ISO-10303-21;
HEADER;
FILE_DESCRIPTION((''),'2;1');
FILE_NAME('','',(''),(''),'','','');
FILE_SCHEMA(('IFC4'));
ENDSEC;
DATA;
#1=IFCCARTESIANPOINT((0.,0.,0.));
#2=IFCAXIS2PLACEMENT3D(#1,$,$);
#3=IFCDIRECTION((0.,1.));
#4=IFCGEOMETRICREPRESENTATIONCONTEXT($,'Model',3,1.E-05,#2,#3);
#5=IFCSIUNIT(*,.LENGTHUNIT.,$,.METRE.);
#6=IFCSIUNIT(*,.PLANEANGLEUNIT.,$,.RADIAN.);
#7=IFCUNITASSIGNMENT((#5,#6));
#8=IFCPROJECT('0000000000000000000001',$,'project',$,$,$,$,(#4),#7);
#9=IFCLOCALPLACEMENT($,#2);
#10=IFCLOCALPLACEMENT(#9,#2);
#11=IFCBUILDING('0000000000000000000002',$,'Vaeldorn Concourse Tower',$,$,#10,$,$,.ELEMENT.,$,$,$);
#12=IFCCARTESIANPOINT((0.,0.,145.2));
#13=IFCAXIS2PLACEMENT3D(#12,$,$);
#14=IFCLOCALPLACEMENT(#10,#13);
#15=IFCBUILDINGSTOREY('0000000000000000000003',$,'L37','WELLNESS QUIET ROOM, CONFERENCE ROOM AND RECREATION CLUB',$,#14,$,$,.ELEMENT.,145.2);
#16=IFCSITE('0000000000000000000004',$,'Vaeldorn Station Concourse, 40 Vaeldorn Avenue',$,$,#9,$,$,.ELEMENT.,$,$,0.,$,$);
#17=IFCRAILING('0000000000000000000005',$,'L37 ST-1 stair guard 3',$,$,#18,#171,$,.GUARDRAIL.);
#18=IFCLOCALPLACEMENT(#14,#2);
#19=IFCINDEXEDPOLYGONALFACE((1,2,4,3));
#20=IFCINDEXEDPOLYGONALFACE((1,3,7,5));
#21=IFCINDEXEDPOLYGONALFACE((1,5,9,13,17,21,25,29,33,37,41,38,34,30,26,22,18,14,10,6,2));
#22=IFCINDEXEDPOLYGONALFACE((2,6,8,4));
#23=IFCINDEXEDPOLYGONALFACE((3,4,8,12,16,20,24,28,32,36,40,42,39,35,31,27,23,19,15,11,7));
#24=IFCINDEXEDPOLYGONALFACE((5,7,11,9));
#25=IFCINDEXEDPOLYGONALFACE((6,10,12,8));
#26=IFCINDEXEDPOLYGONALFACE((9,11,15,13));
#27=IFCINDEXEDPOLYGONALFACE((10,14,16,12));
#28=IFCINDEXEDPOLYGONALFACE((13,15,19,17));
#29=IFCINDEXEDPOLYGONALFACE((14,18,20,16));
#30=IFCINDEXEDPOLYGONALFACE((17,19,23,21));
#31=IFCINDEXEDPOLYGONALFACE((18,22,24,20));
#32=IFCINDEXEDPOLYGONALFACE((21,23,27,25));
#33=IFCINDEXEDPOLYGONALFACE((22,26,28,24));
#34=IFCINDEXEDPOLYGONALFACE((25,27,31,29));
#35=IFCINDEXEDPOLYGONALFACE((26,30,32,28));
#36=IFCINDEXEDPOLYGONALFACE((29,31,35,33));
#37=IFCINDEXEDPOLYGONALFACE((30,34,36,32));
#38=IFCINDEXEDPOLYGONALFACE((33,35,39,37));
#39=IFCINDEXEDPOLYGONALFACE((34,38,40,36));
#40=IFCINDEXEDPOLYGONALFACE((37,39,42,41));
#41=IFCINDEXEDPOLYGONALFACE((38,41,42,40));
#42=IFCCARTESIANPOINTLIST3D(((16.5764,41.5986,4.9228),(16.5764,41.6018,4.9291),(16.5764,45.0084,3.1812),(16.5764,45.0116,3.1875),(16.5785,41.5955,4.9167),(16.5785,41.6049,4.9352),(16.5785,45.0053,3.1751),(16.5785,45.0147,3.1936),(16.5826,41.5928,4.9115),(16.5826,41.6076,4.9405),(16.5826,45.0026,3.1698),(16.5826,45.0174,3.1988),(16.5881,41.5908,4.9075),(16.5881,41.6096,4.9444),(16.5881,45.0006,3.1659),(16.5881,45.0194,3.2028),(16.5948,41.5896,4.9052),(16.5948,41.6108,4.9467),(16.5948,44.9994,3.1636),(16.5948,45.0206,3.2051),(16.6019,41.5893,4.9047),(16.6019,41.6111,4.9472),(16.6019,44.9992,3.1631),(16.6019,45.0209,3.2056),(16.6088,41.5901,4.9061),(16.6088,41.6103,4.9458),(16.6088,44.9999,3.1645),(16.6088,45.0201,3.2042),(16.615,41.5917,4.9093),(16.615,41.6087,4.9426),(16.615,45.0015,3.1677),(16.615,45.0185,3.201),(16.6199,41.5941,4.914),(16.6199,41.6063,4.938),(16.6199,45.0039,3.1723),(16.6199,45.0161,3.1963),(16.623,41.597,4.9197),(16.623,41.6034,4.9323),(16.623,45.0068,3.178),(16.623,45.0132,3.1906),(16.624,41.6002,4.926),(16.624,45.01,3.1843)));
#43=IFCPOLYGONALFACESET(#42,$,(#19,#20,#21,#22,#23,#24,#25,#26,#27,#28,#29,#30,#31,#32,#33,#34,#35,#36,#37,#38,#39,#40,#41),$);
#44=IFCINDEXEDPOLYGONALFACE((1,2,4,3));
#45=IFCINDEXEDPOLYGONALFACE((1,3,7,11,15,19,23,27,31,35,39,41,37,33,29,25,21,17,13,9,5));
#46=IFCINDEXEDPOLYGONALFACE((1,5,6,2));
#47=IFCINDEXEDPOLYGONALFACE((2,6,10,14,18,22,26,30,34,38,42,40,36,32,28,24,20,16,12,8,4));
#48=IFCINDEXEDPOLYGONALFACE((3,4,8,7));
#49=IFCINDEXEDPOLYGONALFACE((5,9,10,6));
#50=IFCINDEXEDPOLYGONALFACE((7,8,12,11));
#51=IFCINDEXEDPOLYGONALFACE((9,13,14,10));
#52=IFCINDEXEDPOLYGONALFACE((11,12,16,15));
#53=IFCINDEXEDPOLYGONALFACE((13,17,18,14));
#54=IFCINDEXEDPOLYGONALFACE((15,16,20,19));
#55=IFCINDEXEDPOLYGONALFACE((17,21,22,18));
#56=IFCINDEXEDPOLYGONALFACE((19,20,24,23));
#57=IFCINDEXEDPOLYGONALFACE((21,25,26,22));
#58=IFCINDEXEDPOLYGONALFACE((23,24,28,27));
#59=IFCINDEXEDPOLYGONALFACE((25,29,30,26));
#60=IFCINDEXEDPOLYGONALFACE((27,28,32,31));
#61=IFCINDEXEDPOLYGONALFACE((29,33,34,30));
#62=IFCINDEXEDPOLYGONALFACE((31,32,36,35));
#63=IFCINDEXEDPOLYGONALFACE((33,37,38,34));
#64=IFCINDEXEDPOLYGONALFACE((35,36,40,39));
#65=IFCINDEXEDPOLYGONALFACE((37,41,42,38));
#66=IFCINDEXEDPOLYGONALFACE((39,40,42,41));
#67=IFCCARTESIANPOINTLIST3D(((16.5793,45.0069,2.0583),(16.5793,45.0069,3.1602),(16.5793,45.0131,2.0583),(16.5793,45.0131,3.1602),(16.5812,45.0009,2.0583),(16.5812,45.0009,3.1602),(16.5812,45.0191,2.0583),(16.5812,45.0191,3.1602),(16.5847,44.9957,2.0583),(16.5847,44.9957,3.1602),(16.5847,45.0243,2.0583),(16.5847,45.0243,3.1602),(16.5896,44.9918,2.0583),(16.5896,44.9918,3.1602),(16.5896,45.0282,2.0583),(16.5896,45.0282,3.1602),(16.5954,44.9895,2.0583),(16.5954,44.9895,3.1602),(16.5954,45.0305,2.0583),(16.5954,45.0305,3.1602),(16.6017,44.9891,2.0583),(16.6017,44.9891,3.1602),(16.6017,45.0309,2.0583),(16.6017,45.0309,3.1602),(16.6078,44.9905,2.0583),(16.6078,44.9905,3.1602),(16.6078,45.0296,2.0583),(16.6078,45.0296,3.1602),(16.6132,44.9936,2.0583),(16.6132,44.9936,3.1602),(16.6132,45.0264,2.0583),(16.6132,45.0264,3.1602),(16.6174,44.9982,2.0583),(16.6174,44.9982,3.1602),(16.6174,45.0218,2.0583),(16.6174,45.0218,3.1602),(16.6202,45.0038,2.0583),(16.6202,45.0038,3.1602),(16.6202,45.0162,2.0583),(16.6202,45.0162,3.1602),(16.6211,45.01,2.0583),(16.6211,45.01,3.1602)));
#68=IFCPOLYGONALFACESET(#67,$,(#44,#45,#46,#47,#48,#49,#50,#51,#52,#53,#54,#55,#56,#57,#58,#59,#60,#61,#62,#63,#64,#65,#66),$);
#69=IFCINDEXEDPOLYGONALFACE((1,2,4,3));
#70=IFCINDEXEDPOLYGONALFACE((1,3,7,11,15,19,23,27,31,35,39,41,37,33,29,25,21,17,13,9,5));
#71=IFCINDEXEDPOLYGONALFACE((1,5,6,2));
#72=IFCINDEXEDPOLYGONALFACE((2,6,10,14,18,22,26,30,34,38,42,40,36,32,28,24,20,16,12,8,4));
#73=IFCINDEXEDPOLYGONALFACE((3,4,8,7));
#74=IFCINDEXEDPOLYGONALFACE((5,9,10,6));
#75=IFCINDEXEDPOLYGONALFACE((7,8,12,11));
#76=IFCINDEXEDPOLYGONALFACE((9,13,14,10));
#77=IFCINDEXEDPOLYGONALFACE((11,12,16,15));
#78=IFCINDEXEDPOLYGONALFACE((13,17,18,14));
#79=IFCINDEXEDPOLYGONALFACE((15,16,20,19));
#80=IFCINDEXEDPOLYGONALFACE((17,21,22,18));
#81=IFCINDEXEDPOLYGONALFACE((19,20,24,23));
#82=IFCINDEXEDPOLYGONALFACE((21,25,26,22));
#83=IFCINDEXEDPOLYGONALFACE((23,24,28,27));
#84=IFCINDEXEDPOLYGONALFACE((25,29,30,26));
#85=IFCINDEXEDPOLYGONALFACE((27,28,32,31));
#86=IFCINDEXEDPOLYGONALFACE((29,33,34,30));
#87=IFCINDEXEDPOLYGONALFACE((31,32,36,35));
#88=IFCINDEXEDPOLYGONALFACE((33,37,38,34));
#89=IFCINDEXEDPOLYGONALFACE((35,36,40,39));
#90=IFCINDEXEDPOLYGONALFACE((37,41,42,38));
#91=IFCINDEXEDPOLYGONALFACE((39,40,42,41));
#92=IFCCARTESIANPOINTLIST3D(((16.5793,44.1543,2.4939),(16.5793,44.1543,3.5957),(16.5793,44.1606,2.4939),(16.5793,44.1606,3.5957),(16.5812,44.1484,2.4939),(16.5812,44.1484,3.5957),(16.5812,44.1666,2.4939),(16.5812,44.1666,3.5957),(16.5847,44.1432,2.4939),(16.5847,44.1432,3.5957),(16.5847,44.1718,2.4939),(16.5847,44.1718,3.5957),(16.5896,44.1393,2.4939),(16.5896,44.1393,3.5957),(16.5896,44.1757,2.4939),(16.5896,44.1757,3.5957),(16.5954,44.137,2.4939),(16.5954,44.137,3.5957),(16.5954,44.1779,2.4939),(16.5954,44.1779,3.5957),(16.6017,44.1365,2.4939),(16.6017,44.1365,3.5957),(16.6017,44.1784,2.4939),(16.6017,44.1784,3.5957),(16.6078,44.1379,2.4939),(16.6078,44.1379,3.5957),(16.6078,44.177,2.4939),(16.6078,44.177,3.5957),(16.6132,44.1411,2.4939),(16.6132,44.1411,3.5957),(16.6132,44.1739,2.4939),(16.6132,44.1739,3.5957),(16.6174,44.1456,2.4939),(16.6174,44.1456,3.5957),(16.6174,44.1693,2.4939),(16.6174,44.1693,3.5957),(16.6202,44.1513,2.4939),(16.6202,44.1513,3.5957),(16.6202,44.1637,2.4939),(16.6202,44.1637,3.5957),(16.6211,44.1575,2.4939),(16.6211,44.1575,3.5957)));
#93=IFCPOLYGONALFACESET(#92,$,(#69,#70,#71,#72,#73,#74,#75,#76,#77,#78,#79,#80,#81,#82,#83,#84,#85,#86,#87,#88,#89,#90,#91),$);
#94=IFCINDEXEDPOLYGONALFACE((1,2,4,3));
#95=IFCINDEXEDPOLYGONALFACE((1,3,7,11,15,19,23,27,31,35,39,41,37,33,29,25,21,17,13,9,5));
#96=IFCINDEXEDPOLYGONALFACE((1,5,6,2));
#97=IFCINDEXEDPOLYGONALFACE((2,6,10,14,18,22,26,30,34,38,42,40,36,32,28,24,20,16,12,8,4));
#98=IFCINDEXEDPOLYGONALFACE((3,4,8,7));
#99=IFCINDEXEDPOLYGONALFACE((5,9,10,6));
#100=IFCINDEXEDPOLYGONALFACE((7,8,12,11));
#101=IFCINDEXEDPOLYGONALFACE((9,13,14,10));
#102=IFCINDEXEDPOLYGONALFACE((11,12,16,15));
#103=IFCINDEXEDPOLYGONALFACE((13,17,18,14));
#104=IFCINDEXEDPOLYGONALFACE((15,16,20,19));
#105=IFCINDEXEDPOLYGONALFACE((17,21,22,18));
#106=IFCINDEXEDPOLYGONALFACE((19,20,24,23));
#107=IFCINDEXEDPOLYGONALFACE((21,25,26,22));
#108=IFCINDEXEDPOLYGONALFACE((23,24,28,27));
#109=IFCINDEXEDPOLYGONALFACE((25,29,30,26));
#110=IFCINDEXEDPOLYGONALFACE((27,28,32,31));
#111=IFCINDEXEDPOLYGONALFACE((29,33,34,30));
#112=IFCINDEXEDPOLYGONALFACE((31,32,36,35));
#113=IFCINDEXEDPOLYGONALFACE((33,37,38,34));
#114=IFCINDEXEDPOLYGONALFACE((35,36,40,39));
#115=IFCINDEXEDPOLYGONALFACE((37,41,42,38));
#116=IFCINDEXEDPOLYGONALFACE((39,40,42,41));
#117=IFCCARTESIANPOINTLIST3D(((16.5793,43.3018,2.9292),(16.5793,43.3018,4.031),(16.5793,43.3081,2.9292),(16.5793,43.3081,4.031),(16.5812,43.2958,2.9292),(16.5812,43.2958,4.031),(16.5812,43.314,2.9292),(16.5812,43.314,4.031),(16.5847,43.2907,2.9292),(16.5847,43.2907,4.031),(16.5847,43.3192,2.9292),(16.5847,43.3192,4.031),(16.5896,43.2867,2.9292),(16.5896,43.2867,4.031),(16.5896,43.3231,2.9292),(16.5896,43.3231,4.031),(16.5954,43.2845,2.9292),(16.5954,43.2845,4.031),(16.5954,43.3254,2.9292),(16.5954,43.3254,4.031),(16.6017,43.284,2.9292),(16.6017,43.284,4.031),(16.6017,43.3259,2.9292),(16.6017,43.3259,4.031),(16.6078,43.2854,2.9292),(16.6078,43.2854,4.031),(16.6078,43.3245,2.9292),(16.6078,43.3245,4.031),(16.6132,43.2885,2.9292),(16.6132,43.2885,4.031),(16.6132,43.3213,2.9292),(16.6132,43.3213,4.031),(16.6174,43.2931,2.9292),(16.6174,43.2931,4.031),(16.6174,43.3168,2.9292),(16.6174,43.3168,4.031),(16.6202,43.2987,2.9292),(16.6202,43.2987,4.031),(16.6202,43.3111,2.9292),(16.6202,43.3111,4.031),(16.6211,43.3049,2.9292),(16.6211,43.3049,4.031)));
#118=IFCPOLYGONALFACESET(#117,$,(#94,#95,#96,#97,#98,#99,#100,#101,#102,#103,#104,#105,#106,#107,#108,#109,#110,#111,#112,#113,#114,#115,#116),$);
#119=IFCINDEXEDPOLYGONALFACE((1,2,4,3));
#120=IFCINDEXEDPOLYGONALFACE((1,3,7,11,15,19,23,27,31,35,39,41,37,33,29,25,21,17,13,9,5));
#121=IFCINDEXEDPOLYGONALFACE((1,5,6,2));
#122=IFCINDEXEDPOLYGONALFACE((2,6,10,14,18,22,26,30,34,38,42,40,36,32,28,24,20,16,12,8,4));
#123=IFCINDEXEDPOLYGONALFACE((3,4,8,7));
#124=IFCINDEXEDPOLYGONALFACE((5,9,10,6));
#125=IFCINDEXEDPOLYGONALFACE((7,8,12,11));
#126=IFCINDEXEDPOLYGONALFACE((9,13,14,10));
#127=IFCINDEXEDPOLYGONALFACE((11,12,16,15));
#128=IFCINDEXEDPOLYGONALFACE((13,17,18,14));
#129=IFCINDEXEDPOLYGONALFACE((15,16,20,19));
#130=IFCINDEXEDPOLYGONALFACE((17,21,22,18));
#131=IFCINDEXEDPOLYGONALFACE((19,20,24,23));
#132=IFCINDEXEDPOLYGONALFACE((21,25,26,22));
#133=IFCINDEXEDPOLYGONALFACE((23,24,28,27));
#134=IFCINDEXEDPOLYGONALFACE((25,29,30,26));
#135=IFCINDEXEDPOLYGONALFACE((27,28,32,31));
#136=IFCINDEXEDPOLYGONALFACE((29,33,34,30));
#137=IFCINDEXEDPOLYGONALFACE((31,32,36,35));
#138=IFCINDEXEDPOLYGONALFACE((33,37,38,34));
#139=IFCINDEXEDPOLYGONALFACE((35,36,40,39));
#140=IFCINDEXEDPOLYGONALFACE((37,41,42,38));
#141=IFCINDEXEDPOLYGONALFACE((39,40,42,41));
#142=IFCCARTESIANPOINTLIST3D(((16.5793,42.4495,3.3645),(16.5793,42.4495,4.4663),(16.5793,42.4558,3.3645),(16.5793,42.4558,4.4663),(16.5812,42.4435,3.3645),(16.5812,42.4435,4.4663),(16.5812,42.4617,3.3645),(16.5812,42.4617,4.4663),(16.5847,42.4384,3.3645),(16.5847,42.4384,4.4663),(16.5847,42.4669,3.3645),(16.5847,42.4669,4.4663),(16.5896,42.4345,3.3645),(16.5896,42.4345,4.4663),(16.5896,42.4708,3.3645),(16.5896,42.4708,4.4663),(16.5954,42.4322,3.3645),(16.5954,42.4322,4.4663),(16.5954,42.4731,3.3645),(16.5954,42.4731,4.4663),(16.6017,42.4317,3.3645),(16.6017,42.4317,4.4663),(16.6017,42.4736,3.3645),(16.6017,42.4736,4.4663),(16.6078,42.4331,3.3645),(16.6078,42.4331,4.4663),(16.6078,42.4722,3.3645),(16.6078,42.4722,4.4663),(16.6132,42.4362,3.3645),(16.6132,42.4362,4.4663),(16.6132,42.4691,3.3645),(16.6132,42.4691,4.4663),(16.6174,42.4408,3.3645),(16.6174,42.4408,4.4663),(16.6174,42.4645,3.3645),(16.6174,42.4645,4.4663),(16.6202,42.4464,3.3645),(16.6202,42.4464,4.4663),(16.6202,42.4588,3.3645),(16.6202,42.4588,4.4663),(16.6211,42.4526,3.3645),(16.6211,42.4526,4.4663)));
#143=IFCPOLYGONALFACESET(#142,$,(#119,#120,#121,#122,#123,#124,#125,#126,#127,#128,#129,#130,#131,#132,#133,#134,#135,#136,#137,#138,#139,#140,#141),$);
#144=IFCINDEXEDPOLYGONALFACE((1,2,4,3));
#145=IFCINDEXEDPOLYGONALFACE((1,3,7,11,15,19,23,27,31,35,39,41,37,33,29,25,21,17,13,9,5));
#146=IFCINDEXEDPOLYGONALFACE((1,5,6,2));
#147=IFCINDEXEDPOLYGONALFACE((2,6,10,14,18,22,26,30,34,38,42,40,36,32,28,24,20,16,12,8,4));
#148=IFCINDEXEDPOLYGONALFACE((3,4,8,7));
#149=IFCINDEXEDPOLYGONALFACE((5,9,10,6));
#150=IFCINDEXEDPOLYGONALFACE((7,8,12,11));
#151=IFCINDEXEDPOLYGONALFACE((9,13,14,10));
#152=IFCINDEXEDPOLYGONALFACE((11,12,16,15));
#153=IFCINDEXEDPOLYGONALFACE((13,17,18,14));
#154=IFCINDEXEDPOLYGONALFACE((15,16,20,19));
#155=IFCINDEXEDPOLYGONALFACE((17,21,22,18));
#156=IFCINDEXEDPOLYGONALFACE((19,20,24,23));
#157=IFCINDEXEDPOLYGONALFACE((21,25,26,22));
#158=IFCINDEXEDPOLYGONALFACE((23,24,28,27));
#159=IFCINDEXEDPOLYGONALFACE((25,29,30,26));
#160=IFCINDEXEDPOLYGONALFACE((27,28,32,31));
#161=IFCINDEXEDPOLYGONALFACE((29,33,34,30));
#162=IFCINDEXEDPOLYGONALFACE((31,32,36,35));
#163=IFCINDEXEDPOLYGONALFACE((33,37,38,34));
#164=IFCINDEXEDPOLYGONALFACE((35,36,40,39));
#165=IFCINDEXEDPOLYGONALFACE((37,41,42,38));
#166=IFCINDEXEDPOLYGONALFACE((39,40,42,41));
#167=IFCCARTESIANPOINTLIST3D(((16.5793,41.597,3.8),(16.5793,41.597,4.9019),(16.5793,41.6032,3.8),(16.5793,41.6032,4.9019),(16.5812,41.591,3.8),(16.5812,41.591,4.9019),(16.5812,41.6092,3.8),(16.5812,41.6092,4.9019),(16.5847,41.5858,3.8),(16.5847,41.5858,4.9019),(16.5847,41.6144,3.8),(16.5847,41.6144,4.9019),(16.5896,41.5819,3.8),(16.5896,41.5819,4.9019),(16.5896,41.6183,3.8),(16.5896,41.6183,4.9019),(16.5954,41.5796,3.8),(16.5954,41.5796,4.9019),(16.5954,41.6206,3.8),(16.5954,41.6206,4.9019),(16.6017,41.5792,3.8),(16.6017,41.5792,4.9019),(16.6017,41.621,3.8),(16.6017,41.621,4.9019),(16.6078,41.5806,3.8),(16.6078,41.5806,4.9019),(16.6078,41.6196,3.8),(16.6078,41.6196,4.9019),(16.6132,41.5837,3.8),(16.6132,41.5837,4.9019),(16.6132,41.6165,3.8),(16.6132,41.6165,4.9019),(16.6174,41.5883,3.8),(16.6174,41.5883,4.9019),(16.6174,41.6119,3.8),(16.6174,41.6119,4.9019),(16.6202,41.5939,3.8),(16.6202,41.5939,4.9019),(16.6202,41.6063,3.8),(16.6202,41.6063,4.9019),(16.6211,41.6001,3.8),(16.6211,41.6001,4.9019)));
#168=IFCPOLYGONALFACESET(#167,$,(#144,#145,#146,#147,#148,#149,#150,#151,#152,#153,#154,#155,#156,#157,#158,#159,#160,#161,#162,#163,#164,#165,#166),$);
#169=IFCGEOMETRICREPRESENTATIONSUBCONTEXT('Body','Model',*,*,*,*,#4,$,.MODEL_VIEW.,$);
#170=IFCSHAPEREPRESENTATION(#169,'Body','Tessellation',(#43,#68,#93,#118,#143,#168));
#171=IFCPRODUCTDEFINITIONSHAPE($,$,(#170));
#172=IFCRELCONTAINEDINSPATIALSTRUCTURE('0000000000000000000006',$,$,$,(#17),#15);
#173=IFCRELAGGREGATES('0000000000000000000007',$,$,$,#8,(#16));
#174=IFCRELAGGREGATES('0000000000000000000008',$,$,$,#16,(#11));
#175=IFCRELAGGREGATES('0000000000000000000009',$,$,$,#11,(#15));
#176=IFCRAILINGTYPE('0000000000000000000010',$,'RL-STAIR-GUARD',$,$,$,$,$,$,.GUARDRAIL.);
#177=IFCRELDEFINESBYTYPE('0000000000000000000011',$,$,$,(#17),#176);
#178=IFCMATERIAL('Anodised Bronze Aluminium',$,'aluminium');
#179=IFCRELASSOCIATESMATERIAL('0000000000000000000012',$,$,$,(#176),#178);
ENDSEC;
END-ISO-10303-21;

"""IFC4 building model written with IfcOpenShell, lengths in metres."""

from ifc_helpers import new_model, si_unit, direction, frame, origin, origin_2d, place, context, subcontext, project, spatial, circle, extrude, material, type_object, element, save


model = new_model("IFC4")

# Units and contexts
model_context = context("Model", 3, precision=1e-05, world=origin(), true_north=direction((0.0, 1.0)))
body_context = subcontext(model_context, "Body", "Model", "MODEL_VIEW")
ifc_project = project(units=[si_unit("LENGTHUNIT", "METRE"), si_unit("PLANEANGLEUNIT", "RADIAN")], contexts=[model_context])

# Site, building, storey
site_placement = place(None, origin())
site = spatial("IfcSite", under=ifc_project, at=site_placement, Name="Vaeldorn Station Concourse, 40 Vaeldorn Avenue", CompositionType="ELEMENT", RefElevation=0.0)
building_placement = place(site_placement, origin())
building = spatial("IfcBuilding", under=site, at=building_placement, Name="Vaeldorn Concourse Tower", CompositionType="ELEMENT")
storey_placement = place(building_placement, frame((0.0, 0.0, 145.2)))
storey = spatial("IfcBuildingStorey", under=building, at=storey_placement, Name="L37", Description="WELLNESS QUIET ROOM, CONFERENCE ROOM AND RECREATION CLUB", CompositionType="ELEMENT", Elevation=145.2)

# Shared definitions
ifc_material_1 = material(Name="Anodised Bronze Aluminium", Category="aluminium")

# Railing
railing_type_1 = type_object("IfcRailingType", Name="RL-STAIR-GUARD", PredefinedType="GUARDRAIL", material=ifc_material_1)
railing_1_placement = place(storey_placement, frame((16.6001, 45.01, 2.0583)))
element("IfcRailing", 1, at=railing_1_placement, inside=storey, type_object=railing_type_1, Name="L37 ST-1 stair guard 3", PredefinedType="GUARDRAIL", context=body_context, shape_type="SweptSolid", body=[
    extrude(circle(Radius=0.0239, at=origin_2d()), frame((0.0, 0.0, 1.126), z_axis=(0.0, -0.890556, 0.454874), x_axis=(1.0, 0.0, 0.0)), (0.0, 0.0, 1.0), 3.8289),
    extrude(circle(Radius=0.021, at=origin_2d()), origin(), (0.0, 0.0, 1.0), 1.1018),
    extrude(circle(Radius=0.021, at=origin_2d()), frame((0.0, -0.8525, 0.4355)), (0.0, 0.0, 1.0), 1.1018),
    extrude(circle(Radius=0.021, at=origin_2d()), frame((0.0, -1.7051, 0.8708)), (0.0, 0.0, 1.0), 1.1018),
    extrude(circle(Radius=0.021, at=origin_2d()), frame((0.0, -2.5574, 1.3062)), (0.0, 0.0, 1.0), 1.1018),
    extrude(circle(Radius=0.021, at=origin_2d()), frame((0.0, -3.4099, 1.7417)), (0.0, 0.0, 1.0), 1.1018),
])

save(model, "model.ifc")
